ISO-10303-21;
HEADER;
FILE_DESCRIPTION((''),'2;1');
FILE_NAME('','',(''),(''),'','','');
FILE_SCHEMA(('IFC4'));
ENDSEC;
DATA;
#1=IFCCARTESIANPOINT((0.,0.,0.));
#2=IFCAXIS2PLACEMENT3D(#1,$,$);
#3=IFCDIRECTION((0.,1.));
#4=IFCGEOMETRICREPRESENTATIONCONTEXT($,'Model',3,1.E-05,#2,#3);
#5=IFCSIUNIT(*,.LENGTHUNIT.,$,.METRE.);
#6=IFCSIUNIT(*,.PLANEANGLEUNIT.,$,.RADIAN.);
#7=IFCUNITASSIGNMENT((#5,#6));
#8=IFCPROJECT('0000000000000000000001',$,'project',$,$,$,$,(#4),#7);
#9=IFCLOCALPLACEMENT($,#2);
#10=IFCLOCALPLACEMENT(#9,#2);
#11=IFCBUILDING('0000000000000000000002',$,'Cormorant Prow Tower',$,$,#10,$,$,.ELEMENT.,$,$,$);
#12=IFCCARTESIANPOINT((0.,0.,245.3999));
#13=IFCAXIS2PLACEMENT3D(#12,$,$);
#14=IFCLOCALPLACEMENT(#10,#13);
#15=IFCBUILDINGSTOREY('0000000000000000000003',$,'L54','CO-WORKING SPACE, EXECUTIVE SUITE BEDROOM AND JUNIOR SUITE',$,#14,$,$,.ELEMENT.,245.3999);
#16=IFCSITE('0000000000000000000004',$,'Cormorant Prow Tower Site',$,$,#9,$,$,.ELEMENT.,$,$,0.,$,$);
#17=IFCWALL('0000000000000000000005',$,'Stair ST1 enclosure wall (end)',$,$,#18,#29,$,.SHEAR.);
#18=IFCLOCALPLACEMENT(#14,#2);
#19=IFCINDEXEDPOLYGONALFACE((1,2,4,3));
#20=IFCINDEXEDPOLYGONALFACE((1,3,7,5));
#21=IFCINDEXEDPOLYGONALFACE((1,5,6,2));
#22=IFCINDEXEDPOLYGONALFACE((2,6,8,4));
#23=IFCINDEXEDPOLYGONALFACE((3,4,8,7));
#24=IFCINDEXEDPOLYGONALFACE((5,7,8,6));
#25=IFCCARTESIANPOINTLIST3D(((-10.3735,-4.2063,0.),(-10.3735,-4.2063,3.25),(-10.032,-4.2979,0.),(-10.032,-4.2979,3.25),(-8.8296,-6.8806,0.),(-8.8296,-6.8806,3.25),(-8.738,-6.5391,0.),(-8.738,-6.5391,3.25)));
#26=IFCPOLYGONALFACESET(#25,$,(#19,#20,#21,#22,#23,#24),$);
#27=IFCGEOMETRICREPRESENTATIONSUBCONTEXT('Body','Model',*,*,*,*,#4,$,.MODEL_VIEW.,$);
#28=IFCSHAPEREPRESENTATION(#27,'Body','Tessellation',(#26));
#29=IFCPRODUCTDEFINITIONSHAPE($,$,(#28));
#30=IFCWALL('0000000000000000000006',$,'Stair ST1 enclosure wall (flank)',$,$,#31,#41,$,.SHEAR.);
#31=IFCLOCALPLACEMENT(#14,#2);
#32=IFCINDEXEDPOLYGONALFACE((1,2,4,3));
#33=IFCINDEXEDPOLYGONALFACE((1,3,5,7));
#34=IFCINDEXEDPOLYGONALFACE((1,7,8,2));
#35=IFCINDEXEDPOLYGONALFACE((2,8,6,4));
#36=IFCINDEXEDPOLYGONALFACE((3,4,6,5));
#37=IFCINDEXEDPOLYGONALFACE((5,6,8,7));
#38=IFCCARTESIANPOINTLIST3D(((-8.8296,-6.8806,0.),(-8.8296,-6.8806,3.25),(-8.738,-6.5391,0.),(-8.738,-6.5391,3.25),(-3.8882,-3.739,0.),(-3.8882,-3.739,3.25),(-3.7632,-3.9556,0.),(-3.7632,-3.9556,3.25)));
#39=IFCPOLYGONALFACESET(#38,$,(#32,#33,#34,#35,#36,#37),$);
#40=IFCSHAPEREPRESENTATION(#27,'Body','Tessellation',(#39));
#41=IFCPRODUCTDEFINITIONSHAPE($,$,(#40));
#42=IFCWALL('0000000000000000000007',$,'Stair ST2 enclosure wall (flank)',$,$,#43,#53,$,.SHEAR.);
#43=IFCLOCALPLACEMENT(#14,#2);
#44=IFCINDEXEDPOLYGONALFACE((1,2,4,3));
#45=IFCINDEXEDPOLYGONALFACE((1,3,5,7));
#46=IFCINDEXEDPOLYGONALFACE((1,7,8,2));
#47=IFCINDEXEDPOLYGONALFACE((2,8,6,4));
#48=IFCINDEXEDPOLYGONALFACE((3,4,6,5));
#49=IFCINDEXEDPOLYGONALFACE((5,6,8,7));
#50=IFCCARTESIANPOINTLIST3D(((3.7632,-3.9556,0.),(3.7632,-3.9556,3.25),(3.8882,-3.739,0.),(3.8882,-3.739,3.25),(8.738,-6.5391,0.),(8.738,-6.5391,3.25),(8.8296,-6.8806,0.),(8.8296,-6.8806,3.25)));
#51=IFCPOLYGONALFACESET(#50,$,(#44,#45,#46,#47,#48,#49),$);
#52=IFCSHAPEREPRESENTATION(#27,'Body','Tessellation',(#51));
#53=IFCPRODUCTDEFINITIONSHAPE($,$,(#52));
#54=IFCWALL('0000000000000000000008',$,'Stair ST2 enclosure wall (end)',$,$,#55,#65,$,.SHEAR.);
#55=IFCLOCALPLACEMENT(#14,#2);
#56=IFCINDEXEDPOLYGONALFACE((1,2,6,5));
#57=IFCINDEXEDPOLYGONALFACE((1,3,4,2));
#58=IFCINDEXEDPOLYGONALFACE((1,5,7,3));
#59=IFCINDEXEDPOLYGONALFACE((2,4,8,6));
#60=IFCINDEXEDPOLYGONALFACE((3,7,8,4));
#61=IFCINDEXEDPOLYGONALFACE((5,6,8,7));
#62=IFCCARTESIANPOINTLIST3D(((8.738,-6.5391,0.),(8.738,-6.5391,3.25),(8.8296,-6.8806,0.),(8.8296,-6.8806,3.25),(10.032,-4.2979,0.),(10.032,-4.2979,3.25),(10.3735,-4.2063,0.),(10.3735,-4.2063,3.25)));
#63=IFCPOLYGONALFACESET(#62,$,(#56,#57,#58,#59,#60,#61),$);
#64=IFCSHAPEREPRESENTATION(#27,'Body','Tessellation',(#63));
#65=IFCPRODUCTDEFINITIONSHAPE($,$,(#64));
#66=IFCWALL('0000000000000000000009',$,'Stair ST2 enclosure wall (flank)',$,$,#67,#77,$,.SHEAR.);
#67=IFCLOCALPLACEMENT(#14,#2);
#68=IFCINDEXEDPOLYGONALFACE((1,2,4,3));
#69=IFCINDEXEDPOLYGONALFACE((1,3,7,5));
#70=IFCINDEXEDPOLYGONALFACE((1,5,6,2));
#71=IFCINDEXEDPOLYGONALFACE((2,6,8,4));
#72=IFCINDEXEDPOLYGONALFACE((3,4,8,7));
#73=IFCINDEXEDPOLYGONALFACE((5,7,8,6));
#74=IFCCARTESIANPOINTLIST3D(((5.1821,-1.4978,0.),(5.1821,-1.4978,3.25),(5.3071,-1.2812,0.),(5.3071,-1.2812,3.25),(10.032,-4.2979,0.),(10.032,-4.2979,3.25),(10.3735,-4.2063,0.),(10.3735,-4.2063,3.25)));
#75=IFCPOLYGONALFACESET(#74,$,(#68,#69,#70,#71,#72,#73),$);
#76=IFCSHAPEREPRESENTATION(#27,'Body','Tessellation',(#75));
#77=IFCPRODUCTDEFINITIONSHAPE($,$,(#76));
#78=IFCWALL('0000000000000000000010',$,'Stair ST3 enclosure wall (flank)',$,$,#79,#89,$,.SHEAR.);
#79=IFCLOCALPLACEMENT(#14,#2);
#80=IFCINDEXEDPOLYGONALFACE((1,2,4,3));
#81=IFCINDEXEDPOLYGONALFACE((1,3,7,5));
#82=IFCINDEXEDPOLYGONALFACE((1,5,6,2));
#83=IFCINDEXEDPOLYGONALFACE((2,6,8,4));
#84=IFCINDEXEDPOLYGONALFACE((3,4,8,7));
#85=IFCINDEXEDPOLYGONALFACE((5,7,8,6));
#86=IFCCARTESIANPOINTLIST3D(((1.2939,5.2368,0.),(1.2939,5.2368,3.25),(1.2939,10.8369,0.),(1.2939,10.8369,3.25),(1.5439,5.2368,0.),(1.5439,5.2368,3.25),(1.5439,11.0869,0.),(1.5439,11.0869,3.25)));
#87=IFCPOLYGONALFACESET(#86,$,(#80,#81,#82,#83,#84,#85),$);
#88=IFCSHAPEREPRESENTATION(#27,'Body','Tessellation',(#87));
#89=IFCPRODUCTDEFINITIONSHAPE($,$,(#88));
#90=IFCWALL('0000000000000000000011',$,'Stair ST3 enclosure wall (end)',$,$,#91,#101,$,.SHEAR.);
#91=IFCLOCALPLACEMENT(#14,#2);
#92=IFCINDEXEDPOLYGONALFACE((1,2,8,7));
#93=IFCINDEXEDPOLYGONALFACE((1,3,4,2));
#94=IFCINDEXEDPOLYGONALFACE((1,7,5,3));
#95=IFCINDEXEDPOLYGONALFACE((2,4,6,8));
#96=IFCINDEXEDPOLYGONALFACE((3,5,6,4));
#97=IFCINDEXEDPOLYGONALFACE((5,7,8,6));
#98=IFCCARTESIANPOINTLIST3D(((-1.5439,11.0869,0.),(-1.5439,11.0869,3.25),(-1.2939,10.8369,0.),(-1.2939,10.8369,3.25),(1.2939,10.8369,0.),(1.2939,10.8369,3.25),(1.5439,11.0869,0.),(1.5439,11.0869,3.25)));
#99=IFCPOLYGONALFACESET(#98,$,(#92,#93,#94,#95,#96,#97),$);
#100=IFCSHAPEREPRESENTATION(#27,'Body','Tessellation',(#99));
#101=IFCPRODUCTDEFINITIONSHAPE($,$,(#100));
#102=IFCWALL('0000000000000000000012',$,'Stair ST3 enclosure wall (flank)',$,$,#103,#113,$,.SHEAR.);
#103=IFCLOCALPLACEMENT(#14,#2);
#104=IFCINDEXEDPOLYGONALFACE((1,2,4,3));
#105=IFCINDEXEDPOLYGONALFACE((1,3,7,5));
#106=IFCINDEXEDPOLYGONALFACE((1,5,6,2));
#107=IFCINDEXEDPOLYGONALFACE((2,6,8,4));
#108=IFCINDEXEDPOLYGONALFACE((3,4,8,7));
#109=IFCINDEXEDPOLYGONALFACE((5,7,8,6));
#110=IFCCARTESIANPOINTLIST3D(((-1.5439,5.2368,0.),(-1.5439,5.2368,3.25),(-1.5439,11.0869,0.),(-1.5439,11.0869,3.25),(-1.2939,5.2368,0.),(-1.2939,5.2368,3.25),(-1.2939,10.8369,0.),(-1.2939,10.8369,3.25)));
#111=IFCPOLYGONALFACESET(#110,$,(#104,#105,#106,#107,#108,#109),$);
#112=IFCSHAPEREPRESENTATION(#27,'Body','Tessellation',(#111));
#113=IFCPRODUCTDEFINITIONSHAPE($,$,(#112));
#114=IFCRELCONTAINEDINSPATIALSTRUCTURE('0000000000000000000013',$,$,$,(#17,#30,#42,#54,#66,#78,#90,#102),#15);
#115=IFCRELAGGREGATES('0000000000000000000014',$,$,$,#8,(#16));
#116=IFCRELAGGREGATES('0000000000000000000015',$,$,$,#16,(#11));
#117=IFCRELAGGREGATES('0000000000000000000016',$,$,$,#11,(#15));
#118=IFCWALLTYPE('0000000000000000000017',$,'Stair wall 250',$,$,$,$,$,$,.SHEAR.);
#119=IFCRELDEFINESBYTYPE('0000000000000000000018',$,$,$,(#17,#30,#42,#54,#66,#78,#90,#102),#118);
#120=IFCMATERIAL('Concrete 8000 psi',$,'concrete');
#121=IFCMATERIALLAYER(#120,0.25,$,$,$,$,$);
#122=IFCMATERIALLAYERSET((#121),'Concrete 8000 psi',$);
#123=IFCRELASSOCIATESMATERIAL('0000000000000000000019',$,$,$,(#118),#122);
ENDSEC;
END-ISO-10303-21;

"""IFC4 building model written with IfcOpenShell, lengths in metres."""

from ifc_helpers import new_model, si_unit, direction, frame, origin, place, context, subcontext, project, spatial, polyline, outline, extrude, material, layer, layer_set, type_object, element, save


model = new_model("IFC4")

# Units and contexts
model_context = context("Model", 3, precision=1e-05, world=origin(), true_north=direction((0.0, 1.0)))
body_context = subcontext(model_context, "Body", "Model", "MODEL_VIEW")
ifc_project = project(units=[si_unit("LENGTHUNIT", "METRE"), si_unit("PLANEANGLEUNIT", "RADIAN")], contexts=[model_context])

# Site, building, storey
site_placement = place(None, origin())
site = spatial("IfcSite", under=ifc_project, at=site_placement, Name="Cormorant Prow Tower Site", CompositionType="ELEMENT", RefElevation=0.0)
building_placement = place(site_placement, origin())
building = spatial("IfcBuilding", under=site, at=building_placement, Name="Cormorant Prow Tower", CompositionType="ELEMENT")
storey_placement = place(building_placement, frame((0.0, 0.0, 245.3999)))
storey = spatial("IfcBuildingStorey", under=building, at=storey_placement, Name="L54", Description="CO-WORKING SPACE, EXECUTIVE SUITE BEDROOM AND JUNIOR SUITE", CompositionType="ELEMENT", Elevation=245.3999)

# Walls
ifc_material_1 = material(Name="Concrete 8000 psi", Category="concrete")
ifc_layer_1 = layer(ifc_material_1, 0.25)
ifc_layer_set_1 = layer_set([ifc_layer_1], Name="Concrete 8000 psi")
wall_type_1 = type_object("IfcWallType", Name="Stair wall 250", PredefinedType="SHEAR", material=ifc_layer_set_1)
wall_1_placement = place(storey_placement, origin())
element("IfcWall", 1, at=wall_1_placement, inside=storey, type_object=wall_type_1, Name="Stair ST1 enclosure wall (end)", PredefinedType="SHEAR", context=body_context, shape_type="SweptSolid", body=[
    extrude(outline(polyline([(-10.3735, -4.2063), (-8.8296, -6.8806), (-8.738, -6.5391), (-10.032, -4.2979), (-10.3735, -4.2063)])), origin(), (0.0, 0.0, 1.0), 3.25),
])
wall_2_placement = place(storey_placement, origin())
element("IfcWall", 2, at=wall_2_placement, inside=storey, type_object=wall_type_1, Name="Stair ST1 enclosure wall (flank)", PredefinedType="SHEAR", context=body_context, shape_type="SweptSolid", body=[
    extrude(outline(polyline([(-8.738, -6.5391), (-8.8296, -6.8806), (-3.7632, -3.9556), (-3.8882, -3.739), (-8.738, -6.5391)])), origin(), (0.0, 0.0, 1.0), 3.25),
])
wall_3_placement = place(storey_placement, origin())
element("IfcWall", 3, at=wall_3_placement, inside=storey, type_object=wall_type_1, Name="Stair ST2 enclosure wall (flank)", PredefinedType="SHEAR", context=body_context, shape_type="SweptSolid", body=[
    extrude(outline(polyline([(3.7632, -3.9556), (8.8296, -6.8806), (8.738, -6.5391), (3.8882, -3.739), (3.7632, -3.9556)])), origin(), (0.0, 0.0, 1.0), 3.25),
])
wall_4_placement = place(storey_placement, origin())
element("IfcWall", 4, at=wall_4_placement, inside=storey, type_object=wall_type_1, Name="Stair ST2 enclosure wall (end)", PredefinedType="SHEAR", context=body_context, shape_type="SweptSolid", body=[
    extrude(outline(polyline([(8.8296, -6.8806), (10.3735, -4.2063), (10.032, -4.2979), (8.738, -6.5391), (8.8296, -6.8806)])), origin(), (0.0, 0.0, 1.0), 3.25),
])
wall_5_placement = place(storey_placement, origin())
element("IfcWall", 5, at=wall_5_placement, inside=storey, type_object=wall_type_1, Name="Stair ST2 enclosure wall (flank)", PredefinedType="SHEAR", context=body_context, shape_type="SweptSolid", body=[
    extrude(outline(polyline([(10.032, -4.2979), (10.3735, -4.2063), (5.3071, -1.2812), (5.1821, -1.4978), (10.032, -4.2979)])), origin(), (0.0, 0.0, 1.0), 3.25),
])
wall_6_placement = place(storey_placement, origin())
element("IfcWall", 6, at=wall_6_placement, inside=storey, type_object=wall_type_1, Name="Stair ST3 enclosure wall (flank)", PredefinedType="SHEAR", context=body_context, shape_type="SweptSolid", body=[
    extrude(outline(polyline([(1.5439, 5.2368), (1.5439, 11.0869), (1.2939, 10.8369), (1.2939, 5.2368), (1.5439, 5.2368)])), origin(), (0.0, 0.0, 1.0), 3.25),
])
wall_7_placement = place(storey_placement, origin())
element("IfcWall", 7, at=wall_7_placement, inside=storey, type_object=wall_type_1, Name="Stair ST3 enclosure wall (end)", PredefinedType="SHEAR", context=body_context, shape_type="SweptSolid", body=[
    extrude(outline(polyline([(1.5439, 11.0869), (-1.5439, 11.0869), (-1.2939, 10.8369), (1.2939, 10.8369), (1.5439, 11.0869)])), origin(), (0.0, 0.0, 1.0), 3.25),
])
wall_8_placement = place(storey_placement, origin())
element("IfcWall", 8, at=wall_8_placement, inside=storey, type_object=wall_type_1, Name="Stair ST3 enclosure wall (flank)", PredefinedType="SHEAR", context=body_context, shape_type="SweptSolid", body=[
    extrude(outline(polyline([(-1.2939, 10.8369), (-1.5439, 11.0869), (-1.5439, 5.2368), (-1.2939, 5.2368), (-1.2939, 10.8369)])), origin(), (0.0, 0.0, 1.0), 3.25),
])

save(model, "model.ifc")
